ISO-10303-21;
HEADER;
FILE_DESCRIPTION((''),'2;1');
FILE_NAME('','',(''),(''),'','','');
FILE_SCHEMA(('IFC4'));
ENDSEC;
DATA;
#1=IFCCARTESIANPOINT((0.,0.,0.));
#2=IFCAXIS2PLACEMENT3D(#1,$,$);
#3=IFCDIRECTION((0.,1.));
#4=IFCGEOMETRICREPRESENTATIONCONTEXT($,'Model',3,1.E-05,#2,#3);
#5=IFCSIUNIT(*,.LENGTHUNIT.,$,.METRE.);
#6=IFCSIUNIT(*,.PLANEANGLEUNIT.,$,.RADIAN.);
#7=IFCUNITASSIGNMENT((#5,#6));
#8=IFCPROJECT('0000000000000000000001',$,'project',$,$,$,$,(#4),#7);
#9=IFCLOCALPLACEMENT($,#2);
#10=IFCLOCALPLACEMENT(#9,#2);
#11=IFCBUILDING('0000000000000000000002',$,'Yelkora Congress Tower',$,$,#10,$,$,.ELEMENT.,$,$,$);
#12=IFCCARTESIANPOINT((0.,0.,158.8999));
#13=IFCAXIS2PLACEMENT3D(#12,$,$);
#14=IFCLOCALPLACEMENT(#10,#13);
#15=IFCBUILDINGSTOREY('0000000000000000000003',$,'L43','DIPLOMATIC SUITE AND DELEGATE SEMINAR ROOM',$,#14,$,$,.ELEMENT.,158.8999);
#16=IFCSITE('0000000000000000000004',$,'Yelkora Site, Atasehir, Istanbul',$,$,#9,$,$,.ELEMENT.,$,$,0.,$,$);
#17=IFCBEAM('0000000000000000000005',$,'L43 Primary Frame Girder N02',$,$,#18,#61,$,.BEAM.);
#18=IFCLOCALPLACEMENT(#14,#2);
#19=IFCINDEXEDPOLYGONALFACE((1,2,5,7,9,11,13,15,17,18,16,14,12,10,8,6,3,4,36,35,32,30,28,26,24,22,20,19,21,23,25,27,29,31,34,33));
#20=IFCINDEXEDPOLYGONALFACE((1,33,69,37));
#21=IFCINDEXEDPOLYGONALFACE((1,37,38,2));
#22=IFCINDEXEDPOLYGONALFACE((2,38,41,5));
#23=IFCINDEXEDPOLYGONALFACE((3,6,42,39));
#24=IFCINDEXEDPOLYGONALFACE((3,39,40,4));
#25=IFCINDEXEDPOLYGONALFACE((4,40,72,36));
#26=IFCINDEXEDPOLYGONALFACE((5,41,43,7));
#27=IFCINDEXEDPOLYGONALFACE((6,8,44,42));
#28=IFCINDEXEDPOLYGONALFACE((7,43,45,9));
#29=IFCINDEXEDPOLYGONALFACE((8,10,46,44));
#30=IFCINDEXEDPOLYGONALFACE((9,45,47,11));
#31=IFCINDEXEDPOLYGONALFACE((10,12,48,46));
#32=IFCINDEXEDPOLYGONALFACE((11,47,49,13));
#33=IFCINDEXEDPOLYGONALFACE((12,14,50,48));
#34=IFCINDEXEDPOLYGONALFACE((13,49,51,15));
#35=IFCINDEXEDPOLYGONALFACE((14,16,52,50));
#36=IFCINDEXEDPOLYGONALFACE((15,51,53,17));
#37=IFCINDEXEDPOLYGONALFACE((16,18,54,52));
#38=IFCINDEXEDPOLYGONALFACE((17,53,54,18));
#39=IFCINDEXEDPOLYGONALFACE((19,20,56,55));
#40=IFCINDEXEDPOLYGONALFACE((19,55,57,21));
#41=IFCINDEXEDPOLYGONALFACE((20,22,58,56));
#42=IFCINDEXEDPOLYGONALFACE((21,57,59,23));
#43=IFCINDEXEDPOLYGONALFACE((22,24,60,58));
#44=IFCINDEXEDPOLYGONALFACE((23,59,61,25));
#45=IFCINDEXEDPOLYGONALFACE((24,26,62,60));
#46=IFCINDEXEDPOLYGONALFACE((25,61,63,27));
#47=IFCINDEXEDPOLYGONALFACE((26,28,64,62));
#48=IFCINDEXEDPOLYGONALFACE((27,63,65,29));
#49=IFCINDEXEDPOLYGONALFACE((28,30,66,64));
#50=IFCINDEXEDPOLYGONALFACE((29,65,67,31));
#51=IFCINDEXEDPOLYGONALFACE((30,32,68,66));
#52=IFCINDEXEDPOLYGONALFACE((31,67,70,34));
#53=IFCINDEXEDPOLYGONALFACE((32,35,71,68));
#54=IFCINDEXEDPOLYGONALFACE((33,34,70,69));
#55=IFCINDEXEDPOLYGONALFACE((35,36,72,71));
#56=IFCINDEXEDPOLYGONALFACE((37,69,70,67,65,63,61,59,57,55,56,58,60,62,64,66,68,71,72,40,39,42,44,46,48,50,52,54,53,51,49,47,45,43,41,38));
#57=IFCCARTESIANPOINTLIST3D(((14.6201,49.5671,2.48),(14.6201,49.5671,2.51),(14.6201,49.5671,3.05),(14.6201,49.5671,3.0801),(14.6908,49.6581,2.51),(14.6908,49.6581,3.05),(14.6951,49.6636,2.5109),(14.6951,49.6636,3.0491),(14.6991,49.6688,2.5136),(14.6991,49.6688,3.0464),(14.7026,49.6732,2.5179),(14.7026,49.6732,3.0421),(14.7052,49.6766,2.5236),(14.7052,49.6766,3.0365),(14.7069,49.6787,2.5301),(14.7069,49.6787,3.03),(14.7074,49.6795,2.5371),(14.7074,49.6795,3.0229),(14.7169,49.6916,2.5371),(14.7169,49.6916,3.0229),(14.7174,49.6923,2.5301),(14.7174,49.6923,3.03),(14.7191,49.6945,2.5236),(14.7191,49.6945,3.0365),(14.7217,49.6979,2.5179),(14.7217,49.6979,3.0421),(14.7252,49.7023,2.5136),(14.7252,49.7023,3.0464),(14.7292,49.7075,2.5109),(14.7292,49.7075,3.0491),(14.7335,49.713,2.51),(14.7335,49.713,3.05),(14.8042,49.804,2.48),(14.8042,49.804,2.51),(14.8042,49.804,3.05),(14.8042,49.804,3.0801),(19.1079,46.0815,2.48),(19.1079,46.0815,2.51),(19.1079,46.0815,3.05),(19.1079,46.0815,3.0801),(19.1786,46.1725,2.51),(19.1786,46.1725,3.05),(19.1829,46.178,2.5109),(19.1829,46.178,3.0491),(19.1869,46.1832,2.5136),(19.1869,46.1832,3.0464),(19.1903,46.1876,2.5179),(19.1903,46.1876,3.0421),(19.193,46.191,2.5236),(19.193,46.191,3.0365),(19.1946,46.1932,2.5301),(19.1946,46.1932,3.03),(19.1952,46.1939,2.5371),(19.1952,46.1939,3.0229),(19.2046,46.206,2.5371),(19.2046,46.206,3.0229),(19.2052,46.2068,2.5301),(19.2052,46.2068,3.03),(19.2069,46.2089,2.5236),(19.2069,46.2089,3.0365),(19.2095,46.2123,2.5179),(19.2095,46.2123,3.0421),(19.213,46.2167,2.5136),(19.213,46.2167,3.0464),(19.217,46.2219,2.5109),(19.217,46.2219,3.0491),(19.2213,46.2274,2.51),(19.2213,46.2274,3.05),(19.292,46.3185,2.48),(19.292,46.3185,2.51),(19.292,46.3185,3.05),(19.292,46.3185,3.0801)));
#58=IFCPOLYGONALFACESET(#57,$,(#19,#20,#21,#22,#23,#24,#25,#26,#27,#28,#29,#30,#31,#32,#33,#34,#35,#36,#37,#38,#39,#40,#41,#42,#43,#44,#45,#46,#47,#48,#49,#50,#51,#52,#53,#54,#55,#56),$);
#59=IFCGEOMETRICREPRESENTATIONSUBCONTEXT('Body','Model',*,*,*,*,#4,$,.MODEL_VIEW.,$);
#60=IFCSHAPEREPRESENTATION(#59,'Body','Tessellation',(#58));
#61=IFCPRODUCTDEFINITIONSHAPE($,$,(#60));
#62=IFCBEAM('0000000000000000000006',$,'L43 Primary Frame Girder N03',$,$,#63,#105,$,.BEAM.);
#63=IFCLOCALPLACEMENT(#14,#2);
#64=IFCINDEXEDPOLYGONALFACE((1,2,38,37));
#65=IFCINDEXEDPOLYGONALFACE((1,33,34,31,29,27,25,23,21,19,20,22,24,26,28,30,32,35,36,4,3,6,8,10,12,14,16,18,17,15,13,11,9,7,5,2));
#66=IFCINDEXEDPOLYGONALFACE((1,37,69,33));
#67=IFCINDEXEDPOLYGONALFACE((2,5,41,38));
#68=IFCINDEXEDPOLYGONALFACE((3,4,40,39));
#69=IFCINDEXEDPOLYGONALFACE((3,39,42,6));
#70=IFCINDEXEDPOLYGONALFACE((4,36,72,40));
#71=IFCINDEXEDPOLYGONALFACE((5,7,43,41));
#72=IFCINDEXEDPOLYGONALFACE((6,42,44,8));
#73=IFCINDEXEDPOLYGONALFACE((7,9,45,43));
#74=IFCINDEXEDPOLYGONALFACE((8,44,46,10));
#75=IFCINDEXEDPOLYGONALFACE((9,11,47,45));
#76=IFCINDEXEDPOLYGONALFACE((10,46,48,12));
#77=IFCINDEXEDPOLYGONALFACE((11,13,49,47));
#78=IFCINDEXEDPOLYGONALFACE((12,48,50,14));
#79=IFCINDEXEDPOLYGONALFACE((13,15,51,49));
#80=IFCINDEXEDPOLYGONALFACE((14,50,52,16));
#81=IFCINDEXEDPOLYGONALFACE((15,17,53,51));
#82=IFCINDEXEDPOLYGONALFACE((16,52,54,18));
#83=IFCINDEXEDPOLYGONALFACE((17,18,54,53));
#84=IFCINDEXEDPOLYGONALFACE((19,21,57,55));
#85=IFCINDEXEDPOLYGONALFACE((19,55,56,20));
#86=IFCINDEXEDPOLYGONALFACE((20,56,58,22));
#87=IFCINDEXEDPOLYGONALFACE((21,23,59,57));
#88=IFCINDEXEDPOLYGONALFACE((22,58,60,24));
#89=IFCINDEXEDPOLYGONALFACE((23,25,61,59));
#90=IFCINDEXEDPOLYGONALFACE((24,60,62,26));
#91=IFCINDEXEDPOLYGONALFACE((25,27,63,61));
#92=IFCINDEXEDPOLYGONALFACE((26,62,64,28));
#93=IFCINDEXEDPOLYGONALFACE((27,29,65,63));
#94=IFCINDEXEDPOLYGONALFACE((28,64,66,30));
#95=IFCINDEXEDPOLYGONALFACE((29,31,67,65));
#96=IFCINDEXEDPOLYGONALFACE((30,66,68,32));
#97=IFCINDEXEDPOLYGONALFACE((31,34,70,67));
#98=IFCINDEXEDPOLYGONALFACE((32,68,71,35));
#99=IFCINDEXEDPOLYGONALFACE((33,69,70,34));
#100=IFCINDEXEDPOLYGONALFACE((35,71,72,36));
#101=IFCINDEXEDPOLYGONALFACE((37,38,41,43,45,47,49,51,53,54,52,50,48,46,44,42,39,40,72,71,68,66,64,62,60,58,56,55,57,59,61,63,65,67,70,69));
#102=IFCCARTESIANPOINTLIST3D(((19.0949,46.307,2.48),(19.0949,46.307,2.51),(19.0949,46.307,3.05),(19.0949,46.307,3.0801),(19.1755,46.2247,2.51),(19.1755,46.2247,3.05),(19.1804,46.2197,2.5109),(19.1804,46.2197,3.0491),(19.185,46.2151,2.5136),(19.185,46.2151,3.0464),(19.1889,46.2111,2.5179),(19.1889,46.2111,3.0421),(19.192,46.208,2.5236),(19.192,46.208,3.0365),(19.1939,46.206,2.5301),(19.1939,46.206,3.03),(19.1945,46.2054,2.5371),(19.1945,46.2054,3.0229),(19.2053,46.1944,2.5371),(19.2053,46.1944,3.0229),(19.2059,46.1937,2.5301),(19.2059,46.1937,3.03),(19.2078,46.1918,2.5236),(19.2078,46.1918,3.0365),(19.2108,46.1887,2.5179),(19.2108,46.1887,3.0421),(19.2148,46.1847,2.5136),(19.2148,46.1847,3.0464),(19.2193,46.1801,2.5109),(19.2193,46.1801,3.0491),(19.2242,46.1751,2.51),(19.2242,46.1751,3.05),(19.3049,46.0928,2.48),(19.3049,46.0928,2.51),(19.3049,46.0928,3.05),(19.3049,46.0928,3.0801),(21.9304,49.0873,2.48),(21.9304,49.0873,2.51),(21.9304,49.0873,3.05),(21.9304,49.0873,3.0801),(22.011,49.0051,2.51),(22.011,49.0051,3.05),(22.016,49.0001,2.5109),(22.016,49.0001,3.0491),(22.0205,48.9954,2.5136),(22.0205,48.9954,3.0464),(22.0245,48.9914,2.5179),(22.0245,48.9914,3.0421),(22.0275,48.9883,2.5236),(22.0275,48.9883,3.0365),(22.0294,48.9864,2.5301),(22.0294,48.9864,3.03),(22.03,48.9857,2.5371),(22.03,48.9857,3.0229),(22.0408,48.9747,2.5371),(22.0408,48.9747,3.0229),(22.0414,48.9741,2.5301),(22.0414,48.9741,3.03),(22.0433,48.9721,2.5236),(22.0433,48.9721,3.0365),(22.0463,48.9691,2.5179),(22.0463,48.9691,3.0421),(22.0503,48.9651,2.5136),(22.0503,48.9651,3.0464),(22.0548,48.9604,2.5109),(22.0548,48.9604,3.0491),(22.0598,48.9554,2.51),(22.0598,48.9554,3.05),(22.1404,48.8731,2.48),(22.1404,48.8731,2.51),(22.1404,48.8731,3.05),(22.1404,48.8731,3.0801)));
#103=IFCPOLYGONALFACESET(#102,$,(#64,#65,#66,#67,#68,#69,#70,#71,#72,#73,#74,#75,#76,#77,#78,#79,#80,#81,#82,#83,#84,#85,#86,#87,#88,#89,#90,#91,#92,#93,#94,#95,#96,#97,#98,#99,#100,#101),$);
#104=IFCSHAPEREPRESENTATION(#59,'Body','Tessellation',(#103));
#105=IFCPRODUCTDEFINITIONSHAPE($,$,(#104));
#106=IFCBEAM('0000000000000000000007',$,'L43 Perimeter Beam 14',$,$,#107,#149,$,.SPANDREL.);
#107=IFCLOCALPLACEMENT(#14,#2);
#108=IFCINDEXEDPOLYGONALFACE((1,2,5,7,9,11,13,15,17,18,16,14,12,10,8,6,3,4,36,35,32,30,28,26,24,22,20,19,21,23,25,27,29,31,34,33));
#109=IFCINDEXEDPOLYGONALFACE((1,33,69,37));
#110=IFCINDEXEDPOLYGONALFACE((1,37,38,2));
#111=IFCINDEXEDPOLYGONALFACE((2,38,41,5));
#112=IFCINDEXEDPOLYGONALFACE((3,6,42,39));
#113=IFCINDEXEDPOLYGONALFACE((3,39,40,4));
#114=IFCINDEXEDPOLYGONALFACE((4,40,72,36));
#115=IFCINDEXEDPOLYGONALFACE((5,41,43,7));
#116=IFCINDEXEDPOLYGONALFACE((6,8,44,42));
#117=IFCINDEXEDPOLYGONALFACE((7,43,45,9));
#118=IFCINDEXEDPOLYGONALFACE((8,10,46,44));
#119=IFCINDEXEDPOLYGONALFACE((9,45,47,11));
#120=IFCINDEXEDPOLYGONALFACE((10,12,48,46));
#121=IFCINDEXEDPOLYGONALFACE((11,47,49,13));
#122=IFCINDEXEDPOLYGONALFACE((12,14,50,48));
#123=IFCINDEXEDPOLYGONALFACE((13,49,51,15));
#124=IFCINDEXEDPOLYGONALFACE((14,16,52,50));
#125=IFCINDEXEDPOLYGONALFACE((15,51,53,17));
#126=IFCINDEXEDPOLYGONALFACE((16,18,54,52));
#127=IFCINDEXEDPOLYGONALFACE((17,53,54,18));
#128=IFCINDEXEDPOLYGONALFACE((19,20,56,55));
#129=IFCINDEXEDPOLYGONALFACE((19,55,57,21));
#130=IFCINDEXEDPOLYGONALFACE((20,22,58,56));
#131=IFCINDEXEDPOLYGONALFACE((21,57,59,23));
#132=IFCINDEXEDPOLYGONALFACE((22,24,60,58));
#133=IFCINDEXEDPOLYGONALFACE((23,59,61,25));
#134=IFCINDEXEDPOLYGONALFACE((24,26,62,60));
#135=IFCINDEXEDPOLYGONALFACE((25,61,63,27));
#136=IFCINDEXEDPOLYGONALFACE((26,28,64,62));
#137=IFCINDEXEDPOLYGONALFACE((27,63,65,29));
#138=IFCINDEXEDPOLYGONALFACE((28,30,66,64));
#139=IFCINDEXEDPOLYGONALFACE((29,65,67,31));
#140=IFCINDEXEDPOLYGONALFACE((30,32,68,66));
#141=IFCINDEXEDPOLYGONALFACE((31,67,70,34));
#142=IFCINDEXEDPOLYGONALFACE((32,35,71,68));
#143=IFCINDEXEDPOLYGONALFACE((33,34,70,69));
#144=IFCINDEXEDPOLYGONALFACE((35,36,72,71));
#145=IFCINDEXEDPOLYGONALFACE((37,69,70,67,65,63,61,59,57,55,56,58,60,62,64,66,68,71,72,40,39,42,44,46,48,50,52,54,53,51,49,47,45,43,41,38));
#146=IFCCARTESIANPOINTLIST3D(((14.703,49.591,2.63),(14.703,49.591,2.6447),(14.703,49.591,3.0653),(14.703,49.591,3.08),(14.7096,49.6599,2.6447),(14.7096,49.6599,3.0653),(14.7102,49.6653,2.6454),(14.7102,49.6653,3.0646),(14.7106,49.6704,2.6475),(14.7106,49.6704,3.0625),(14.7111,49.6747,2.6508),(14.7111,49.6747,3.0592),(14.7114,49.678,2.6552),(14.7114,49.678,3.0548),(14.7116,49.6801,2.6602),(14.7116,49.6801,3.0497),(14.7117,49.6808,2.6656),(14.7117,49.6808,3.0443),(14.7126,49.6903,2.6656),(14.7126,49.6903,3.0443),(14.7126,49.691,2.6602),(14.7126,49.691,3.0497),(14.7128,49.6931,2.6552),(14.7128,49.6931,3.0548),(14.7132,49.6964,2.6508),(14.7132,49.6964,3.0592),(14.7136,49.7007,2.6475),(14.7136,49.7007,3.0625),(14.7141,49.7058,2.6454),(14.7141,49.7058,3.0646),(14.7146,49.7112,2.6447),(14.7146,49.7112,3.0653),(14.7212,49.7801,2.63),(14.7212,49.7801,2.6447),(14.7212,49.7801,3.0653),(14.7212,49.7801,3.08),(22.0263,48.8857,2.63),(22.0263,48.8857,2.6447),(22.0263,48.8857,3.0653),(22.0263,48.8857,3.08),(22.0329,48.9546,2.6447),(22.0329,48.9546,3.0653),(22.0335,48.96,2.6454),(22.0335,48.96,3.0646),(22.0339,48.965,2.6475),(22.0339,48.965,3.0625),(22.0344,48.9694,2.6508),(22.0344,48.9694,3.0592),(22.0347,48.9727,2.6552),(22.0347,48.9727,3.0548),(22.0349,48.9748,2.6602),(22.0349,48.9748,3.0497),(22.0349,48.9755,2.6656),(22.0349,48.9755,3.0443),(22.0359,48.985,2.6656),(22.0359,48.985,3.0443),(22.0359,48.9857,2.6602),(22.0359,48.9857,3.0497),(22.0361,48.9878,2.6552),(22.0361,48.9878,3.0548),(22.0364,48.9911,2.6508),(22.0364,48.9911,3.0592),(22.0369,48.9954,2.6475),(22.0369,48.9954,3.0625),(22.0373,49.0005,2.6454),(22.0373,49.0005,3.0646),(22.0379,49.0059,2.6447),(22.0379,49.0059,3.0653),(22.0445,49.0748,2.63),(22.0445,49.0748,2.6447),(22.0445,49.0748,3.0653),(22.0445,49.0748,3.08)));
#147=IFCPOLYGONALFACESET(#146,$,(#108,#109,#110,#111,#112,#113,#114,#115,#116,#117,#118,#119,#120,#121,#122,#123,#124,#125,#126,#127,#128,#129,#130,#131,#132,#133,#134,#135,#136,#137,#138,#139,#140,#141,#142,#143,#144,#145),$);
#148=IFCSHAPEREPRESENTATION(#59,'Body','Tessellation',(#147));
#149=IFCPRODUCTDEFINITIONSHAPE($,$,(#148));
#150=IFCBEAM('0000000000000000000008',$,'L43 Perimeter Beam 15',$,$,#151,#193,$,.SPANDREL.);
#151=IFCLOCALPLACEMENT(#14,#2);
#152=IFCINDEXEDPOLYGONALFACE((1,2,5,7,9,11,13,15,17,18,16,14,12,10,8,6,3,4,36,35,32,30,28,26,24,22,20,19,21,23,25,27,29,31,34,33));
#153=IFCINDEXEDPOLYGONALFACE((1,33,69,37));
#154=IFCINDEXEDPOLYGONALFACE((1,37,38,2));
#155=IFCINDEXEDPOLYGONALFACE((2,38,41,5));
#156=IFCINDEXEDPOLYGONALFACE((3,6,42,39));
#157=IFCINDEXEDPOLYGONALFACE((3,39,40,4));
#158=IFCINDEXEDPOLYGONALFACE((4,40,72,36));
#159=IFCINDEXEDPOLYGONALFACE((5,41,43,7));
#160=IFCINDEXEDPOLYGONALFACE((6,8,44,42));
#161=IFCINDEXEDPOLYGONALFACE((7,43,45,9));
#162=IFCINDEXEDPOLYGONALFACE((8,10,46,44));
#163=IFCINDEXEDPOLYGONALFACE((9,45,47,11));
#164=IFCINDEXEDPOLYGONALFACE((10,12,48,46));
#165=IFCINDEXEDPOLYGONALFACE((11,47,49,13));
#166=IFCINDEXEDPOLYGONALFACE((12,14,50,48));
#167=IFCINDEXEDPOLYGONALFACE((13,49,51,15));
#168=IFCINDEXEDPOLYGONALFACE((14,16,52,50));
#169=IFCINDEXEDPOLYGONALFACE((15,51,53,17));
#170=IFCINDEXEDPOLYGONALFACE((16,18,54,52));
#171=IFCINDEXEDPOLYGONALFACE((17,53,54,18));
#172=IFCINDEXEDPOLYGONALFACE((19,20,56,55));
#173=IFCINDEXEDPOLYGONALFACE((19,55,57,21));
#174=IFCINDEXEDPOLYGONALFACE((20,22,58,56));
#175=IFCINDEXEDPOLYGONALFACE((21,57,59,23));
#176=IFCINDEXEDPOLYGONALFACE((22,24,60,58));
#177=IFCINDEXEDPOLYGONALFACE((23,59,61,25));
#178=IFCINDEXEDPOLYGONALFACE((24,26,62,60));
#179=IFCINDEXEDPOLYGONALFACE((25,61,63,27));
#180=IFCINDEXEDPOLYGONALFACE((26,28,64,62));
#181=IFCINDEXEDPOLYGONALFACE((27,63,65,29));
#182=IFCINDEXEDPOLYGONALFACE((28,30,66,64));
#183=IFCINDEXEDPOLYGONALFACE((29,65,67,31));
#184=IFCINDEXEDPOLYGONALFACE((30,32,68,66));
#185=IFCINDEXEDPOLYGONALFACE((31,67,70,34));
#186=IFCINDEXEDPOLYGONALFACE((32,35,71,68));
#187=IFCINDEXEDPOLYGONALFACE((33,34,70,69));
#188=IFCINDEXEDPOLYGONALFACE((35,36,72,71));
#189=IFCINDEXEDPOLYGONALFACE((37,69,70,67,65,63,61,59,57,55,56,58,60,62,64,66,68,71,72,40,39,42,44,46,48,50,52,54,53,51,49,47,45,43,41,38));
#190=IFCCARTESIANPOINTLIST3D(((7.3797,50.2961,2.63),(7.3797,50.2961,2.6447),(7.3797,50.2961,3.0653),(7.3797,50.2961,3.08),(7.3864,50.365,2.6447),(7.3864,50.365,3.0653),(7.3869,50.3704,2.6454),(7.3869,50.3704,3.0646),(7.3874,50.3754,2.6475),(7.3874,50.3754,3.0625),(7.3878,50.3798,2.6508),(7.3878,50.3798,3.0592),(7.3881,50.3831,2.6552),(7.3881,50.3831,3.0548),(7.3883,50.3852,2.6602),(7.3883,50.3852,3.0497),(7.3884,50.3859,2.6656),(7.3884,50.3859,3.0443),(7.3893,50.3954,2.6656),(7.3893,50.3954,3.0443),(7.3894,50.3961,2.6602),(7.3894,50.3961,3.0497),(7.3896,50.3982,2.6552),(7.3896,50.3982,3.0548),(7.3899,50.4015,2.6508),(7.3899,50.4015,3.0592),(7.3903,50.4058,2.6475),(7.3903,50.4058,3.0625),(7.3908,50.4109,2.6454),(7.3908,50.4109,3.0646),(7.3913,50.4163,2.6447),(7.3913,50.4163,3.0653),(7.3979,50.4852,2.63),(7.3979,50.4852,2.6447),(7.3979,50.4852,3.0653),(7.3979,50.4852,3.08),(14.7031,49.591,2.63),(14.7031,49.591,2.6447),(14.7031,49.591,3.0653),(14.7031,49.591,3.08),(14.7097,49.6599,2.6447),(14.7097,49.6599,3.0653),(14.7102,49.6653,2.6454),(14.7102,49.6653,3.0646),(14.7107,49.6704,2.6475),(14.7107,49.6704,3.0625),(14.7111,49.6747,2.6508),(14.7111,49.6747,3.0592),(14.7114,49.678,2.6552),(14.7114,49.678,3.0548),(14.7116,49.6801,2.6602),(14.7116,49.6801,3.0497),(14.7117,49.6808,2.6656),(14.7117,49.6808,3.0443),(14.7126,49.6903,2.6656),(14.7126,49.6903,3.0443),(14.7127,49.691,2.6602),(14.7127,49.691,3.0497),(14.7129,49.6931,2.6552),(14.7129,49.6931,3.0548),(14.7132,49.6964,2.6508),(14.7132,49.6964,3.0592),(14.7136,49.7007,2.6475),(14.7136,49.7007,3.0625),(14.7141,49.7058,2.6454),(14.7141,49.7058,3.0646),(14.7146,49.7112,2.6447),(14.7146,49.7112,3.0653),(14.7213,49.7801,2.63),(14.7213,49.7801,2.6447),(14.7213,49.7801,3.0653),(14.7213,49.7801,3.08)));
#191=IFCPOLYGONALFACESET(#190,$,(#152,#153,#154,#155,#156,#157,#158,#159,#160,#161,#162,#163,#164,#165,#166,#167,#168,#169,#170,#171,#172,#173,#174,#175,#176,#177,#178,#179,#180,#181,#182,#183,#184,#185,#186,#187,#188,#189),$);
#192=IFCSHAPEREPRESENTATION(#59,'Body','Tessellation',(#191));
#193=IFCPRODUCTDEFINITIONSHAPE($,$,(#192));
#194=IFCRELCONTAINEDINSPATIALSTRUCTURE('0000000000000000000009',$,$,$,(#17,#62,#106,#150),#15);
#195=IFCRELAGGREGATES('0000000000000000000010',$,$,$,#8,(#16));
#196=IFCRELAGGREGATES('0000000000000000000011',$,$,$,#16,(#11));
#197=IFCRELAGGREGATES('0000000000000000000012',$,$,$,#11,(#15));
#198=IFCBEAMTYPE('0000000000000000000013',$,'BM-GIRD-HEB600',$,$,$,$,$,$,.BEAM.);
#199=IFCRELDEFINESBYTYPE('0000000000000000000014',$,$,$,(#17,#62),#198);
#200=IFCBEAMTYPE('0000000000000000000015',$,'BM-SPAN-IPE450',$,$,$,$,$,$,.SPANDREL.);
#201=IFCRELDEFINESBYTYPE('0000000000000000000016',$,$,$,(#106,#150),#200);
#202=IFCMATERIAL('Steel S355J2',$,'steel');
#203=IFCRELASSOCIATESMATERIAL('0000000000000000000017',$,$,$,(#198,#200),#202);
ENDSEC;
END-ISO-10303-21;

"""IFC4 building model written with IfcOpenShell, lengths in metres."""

from ifc_helpers import new_model, si_unit, direction, frame, origin, origin_2d, place, context, subcontext, project, spatial, i_section, extrude, material, material_profile, profile_set, type_object, element, save


model = new_model("IFC4")

# Units and contexts
model_context = context("Model", 3, precision=1e-05, world=origin(), true_north=direction((0.0, 1.0)))
body_context = subcontext(model_context, "Body", "Model", "MODEL_VIEW")
ifc_project = project(units=[si_unit("LENGTHUNIT", "METRE"), si_unit("PLANEANGLEUNIT", "RADIAN")], contexts=[model_context])

# Site, building, storey
site_placement = place(None, origin())
site = spatial("IfcSite", under=ifc_project, at=site_placement, Name="Yelkora Site, Atasehir, Istanbul", CompositionType="ELEMENT", RefElevation=0.0)
building_placement = place(site_placement, origin())
building = spatial("IfcBuilding", under=site, at=building_placement, Name="Yelkora Congress Tower", CompositionType="ELEMENT")
storey_placement = place(building_placement, frame((0.0, 0.0, 158.8999)))
storey = spatial("IfcBuildingStorey", under=building, at=storey_placement, Name="L43", Description="DIPLOMATIC SUITE AND DELEGATE SEMINAR ROOM", CompositionType="ELEMENT", Elevation=158.8999)

# Beams
ifc_material_1 = material(Name="Steel S355J2", Category="steel")
ifc_material_profile_1 = material_profile(ifc_material_1, i_section(OverallWidth=0.3, OverallDepth=0.6001, WebThickness=0.0154, FlangeThickness=0.03, FilletRadius=0.0271, at=origin_2d()), Name="HEB 600")
ifc_profile_set_1 = profile_set([ifc_material_profile_1], Name="Steel S355J2")
beam_type_1 = type_object("IfcBeamType", Name="BM-GIRD-HEB600", PredefinedType="BEAM", material=ifc_profile_set_1)
beam_1_placement = place(storey_placement, frame((14.7122, 49.6855, 2.78), z_axis=(0.789771, -0.613402, 0.0), x_axis=(0.613402, 0.789771, 0.0)))
element("IfcBeam", 1, at=beam_1_placement, inside=storey, type_object=beam_type_1, Name="L43 Primary Frame Girder N02", PredefinedType="BEAM", context=body_context, shape_type="SweptSolid", body=[
    extrude(i_section(OverallWidth=0.3, OverallDepth=0.6001, WebThickness=0.0154, FlangeThickness=0.03, FilletRadius=0.0271, at=origin_2d()), origin(), (0.0, 0.0, 1.0), 5.6824),
])
beam_2_placement = place(storey_placement, frame((22.0354, 48.9802, 2.78), z_axis=(-0.71402, -0.700126, 0.0), x_axis=(0.700126, -0.71402, 0.0)))
element("IfcBeam", 2, at=beam_2_placement, inside=storey, type_object=beam_type_1, Name="L43 Primary Frame Girder N03", PredefinedType="BEAM", context=body_context, shape_type="SweptSolid", body=[
    extrude(i_section(OverallWidth=0.3, OverallDepth=0.6001, WebThickness=0.0154, FlangeThickness=0.03, FilletRadius=0.0271, at=origin_2d()), origin(), (0.0, 0.0, 1.0), 3.9712),
])
ifc_material_profile_2 = material_profile(ifc_material_1, i_section(OverallWidth=0.1899, OverallDepth=0.45, WebThickness=0.0095, FlangeThickness=0.0146, FilletRadius=0.021, at=origin_2d()), Name="IPE 450")
ifc_profile_set_2 = profile_set([ifc_material_profile_2], Name="Steel S355J2")
beam_type_2 = type_object("IfcBeamType", Name="BM-SPAN-IPE450", PredefinedType="SPANDREL", material=ifc_profile_set_2)
for number, where, z_axis, x_axis, name in (
    (3, (22.0354, 48.9802, 2.855), (-0.995394, 0.095869, 0.0), (-0.095869, -0.995394, 0.0), "L43 Perimeter Beam 14"),
    (4, (14.7122, 49.6855, 2.855), (-0.995397, 0.095836, 0.0), (-0.095836, -0.995397, 0.0), "L43 Perimeter Beam 15"),
):
    element("IfcBeam", number, at=place(storey_placement, frame(where, z_axis=z_axis, x_axis=x_axis)), inside=storey, type_object=beam_type_2, Name=name, PredefinedType="SPANDREL", context=body_context, shape_type="SweptSolid", body=[
        extrude(i_section(OverallWidth=0.1899, OverallDepth=0.45, WebThickness=0.0095, FlangeThickness=0.0146, FilletRadius=0.021, at=origin_2d()), origin(), (0.0, 0.0, 1.0), 7.3572),
    ])

save(model, "model.ifc")
